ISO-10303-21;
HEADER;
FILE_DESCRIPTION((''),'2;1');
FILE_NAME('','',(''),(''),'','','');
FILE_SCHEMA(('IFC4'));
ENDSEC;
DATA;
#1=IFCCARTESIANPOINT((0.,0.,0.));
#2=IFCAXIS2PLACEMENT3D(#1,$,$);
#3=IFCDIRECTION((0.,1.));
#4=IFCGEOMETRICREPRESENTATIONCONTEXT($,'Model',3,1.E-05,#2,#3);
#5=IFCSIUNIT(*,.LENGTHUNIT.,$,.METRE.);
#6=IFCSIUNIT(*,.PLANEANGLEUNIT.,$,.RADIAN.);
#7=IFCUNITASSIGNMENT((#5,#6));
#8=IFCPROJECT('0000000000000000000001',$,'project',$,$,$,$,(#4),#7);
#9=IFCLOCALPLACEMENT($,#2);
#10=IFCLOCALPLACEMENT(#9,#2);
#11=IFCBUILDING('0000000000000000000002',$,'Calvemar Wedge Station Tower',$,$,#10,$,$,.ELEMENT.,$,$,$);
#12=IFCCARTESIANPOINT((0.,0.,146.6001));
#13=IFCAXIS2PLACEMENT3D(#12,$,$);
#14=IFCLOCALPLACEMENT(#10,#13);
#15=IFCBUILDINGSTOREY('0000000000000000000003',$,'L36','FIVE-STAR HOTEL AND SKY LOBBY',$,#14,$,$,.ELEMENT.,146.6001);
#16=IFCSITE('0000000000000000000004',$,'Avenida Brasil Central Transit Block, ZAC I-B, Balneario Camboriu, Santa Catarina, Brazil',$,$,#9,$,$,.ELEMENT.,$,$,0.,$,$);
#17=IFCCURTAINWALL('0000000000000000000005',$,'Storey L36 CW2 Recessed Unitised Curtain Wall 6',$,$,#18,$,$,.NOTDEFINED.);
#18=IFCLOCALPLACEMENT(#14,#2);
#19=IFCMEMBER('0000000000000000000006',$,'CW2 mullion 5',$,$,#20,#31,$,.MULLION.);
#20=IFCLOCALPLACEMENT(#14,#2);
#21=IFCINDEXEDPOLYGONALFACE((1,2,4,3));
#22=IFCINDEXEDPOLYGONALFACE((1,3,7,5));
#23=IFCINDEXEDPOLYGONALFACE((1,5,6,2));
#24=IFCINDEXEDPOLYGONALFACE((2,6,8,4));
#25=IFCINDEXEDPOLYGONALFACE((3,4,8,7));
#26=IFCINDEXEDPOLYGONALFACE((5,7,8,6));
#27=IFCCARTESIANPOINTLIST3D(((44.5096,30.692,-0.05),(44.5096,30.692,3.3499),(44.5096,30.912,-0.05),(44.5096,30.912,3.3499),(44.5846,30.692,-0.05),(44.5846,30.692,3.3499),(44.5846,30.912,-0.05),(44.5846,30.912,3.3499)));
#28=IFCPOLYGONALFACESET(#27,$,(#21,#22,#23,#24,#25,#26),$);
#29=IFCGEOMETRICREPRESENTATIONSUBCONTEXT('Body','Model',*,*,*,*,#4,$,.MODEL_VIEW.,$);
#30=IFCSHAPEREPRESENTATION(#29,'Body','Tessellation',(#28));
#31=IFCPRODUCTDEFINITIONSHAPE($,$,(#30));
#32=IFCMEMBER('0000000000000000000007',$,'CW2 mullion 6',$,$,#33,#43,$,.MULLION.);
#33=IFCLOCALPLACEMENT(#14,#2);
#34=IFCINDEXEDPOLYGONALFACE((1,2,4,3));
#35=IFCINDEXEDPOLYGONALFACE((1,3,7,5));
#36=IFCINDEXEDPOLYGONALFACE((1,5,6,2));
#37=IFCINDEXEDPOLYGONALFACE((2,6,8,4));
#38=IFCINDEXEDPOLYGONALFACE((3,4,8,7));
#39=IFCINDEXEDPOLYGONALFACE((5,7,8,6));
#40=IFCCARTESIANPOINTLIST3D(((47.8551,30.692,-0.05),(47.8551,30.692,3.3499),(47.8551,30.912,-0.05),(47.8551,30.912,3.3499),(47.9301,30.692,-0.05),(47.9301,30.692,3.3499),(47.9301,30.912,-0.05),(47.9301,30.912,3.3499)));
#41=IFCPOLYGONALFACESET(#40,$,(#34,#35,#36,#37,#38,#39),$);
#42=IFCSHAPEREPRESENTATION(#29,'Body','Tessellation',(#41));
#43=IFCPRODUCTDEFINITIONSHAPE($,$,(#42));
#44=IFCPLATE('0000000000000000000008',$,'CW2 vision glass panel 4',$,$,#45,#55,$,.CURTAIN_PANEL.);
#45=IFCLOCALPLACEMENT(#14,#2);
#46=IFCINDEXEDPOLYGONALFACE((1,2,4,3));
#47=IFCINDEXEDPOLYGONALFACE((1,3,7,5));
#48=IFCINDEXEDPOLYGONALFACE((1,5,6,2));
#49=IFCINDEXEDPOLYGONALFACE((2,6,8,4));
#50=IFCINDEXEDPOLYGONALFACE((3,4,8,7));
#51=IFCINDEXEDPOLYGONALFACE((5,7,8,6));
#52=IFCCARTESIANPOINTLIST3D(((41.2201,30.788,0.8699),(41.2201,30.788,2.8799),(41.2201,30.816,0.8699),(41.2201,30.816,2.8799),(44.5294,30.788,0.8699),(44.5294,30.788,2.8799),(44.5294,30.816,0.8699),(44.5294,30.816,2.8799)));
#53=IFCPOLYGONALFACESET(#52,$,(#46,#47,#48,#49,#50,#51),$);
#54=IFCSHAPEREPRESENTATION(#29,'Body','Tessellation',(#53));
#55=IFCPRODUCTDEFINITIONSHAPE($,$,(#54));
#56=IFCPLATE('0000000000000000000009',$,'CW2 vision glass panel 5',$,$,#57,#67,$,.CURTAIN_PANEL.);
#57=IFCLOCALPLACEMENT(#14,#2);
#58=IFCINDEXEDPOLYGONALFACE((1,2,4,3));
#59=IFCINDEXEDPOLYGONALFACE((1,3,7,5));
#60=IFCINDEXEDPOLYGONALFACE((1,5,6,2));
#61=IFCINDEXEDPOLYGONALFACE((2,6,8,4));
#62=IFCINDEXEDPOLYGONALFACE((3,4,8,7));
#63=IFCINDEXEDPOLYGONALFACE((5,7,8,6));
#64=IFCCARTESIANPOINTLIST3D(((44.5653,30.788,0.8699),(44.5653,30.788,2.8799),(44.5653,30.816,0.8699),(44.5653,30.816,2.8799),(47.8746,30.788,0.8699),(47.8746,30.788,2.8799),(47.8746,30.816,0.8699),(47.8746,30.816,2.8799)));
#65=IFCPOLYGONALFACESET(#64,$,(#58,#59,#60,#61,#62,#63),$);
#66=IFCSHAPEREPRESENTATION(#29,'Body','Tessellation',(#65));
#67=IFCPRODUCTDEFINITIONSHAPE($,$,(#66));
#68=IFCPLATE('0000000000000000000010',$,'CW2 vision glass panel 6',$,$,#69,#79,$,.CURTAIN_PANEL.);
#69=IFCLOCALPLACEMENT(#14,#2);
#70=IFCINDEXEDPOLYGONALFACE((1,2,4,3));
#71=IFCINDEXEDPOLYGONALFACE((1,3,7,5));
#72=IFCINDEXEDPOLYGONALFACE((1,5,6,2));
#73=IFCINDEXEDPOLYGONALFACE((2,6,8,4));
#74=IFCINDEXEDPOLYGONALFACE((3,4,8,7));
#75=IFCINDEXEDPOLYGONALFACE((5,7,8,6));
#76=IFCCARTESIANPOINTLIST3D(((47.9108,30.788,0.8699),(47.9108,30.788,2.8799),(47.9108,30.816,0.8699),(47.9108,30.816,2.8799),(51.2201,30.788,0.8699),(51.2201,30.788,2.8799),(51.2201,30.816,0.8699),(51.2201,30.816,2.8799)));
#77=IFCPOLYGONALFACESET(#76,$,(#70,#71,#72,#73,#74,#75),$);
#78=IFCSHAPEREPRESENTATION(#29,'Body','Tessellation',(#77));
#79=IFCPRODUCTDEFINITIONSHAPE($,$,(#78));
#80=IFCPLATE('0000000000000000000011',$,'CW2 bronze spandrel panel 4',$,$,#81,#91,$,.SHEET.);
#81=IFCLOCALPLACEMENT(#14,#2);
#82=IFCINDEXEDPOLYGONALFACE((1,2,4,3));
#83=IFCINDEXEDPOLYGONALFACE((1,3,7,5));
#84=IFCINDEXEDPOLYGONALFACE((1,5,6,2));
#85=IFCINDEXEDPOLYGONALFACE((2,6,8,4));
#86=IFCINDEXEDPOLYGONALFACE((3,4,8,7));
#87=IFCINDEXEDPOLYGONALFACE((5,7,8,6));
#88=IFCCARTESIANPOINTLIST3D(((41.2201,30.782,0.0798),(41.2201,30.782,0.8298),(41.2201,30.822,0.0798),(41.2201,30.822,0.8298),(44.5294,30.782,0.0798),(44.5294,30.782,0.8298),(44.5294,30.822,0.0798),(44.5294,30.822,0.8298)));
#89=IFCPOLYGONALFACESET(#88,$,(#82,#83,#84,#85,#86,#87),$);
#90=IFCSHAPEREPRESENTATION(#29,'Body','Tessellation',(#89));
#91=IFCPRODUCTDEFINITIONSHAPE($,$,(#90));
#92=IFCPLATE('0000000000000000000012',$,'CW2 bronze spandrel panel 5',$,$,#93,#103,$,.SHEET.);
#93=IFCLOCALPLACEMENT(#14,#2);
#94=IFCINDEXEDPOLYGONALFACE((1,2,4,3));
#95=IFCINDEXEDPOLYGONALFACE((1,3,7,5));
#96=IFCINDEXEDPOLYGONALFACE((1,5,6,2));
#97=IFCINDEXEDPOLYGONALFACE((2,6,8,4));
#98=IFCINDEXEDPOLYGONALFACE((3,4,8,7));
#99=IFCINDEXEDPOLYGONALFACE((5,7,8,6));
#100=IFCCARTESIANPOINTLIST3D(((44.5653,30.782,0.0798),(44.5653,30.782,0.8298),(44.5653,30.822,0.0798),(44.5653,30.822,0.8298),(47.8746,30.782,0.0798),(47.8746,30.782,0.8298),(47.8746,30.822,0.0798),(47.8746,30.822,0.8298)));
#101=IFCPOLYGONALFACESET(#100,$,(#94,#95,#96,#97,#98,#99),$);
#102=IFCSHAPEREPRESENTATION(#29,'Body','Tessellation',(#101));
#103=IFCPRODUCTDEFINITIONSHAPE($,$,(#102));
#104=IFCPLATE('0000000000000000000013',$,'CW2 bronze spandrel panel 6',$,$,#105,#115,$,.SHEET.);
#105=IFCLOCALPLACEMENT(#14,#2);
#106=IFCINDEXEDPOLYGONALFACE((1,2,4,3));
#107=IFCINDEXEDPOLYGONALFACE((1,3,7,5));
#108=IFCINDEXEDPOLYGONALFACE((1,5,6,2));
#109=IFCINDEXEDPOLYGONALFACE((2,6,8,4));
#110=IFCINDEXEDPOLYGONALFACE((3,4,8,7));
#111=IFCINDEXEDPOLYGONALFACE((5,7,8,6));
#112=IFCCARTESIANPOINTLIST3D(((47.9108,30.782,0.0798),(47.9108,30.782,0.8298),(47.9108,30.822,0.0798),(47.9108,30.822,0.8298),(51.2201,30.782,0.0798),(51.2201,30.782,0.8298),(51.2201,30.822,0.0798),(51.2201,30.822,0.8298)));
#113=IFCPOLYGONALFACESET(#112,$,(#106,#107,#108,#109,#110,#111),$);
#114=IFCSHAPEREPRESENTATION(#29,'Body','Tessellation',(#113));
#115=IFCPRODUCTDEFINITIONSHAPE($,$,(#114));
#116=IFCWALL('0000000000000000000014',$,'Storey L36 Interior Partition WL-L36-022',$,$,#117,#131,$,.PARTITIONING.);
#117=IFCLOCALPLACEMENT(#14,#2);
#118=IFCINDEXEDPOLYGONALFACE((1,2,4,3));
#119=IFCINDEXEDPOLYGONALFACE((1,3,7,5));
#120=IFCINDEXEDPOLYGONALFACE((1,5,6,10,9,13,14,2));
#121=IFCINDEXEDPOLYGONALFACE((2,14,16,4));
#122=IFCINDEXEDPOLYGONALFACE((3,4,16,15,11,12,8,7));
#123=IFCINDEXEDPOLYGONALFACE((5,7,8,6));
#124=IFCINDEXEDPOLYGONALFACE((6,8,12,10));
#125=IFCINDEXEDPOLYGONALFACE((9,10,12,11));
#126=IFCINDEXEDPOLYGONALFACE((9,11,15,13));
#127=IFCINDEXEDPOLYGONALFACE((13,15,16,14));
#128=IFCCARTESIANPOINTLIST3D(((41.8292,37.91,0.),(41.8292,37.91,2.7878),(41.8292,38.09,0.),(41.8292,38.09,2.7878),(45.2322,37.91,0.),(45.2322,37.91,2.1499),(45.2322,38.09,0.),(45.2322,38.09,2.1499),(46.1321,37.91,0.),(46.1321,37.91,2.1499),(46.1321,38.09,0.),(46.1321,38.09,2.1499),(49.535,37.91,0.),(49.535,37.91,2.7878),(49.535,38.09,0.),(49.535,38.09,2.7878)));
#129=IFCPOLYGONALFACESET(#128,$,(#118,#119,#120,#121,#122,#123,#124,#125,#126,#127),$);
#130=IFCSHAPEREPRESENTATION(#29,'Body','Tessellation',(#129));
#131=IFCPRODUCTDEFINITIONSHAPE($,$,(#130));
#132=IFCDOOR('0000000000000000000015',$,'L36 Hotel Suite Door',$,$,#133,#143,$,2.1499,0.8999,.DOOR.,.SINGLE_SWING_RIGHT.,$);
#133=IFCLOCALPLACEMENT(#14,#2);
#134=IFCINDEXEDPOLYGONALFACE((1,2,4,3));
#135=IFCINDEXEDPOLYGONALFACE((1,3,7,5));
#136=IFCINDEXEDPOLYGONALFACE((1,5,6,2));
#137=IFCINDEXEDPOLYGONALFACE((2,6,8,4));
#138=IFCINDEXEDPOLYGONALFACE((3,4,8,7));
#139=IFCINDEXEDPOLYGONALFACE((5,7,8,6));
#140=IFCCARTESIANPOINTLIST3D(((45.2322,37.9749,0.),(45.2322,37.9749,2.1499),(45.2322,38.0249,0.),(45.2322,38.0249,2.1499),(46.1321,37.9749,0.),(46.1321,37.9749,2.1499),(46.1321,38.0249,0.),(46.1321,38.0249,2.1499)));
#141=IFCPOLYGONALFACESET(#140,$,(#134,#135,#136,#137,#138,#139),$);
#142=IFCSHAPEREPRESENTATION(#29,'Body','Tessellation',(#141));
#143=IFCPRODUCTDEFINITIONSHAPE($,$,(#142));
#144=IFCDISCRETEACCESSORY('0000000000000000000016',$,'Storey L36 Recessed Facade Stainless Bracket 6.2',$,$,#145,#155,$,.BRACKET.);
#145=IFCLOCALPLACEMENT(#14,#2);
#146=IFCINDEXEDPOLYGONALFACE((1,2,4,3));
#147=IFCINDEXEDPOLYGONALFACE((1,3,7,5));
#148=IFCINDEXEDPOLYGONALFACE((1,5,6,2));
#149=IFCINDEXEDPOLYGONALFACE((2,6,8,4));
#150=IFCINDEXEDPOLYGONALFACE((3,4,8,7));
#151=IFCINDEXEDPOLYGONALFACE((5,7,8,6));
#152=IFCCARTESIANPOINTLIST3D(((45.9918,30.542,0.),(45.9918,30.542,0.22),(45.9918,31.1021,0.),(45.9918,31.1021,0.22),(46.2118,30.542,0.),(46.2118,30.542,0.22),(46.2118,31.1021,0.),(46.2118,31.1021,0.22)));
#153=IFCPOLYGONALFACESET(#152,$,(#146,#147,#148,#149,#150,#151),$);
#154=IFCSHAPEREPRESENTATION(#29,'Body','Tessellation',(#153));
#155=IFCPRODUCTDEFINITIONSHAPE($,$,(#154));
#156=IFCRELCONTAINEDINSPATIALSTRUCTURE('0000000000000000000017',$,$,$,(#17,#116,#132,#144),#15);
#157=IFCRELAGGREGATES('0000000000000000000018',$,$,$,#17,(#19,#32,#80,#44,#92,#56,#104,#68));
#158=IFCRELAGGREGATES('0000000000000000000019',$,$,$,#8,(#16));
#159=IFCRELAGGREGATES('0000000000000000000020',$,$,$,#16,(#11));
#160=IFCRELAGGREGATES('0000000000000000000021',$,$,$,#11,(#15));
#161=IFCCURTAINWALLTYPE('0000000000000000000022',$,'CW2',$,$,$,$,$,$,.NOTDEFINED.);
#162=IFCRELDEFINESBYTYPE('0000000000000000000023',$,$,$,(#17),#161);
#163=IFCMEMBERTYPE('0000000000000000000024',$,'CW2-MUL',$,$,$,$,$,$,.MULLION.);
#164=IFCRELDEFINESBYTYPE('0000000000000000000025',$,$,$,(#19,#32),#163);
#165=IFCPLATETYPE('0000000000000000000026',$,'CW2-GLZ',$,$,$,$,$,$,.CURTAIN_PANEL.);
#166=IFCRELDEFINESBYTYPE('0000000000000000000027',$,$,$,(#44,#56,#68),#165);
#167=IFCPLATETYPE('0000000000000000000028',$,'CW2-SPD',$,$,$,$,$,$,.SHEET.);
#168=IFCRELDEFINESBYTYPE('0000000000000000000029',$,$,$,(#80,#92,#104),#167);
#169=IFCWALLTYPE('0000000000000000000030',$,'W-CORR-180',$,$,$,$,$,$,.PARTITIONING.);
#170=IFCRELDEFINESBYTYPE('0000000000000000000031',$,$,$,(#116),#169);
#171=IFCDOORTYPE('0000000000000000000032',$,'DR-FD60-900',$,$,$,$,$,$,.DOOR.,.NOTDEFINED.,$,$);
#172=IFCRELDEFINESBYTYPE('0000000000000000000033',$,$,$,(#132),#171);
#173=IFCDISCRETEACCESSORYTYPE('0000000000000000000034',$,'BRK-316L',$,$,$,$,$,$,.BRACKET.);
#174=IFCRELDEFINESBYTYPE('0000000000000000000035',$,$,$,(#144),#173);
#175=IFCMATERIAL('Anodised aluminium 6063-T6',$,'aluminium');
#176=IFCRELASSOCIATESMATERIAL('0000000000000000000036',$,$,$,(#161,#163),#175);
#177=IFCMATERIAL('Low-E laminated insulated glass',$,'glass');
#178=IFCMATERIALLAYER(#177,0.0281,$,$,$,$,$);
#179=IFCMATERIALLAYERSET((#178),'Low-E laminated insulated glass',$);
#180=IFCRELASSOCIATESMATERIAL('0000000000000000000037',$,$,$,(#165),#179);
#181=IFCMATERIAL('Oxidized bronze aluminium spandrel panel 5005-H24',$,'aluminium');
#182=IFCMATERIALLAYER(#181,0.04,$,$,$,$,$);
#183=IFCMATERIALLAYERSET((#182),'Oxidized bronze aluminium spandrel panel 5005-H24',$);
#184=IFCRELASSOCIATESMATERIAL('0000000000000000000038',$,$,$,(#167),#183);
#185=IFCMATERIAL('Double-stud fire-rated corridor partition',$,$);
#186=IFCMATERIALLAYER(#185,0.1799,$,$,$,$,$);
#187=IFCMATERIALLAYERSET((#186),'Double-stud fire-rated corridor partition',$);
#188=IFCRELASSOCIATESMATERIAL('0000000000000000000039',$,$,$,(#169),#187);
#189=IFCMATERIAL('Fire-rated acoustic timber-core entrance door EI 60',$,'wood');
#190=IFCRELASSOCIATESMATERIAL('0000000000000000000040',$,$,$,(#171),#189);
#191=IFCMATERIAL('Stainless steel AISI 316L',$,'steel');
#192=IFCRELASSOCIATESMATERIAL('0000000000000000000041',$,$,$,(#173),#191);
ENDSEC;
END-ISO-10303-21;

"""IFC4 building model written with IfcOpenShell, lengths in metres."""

from ifc_helpers import new_model, si_unit, direction, frame, frame_2d, origin, origin_2d, place, context, subcontext, project, spatial, rectangle, extrude, source, transform, mapped, material, layer, layer_set, material_profile, profile_set, type_object, element, fill, aggregate, save


model = new_model("IFC4")

# Units and contexts
model_context = context("Model", 3, precision=1e-05, world=origin(), true_north=direction((0.0, 1.0)))
body_context = subcontext(model_context, "Body", "Model", "MODEL_VIEW")
ifc_project = project(units=[si_unit("LENGTHUNIT", "METRE"), si_unit("PLANEANGLEUNIT", "RADIAN")], contexts=[model_context])

# Site, building, storey
site_placement = place(None, origin())
site = spatial("IfcSite", under=ifc_project, at=site_placement, Name="Avenida Brasil Central Transit Block, ZAC I-B, Balneario Camboriu, Santa Catarina, Brazil", CompositionType="ELEMENT", RefElevation=0.0)
building_placement = place(site_placement, origin())
building = spatial("IfcBuilding", under=site, at=building_placement, Name="Calvemar Wedge Station Tower", CompositionType="ELEMENT")
storey_placement = place(building_placement, frame((0.0, 0.0, 146.6001)))
storey = spatial("IfcBuildingStorey", under=building, at=storey_placement, Name="L36", Description="FIVE-STAR HOTEL AND SKY LOBBY", CompositionType="ELEMENT", Elevation=146.6001)

# Curtain wall, members, plates
ifc_material_1 = material(Name="Anodised aluminium 6063-T6", Category="aluminium")
curtain_wall_type = type_object("IfcCurtainWallType", Name="CW2", PredefinedType="NOTDEFINED", material=ifc_material_1)
curtain_wall_placement = place(storey_placement, origin())
curtain_wall = element("IfcCurtainWall", 1, at=curtain_wall_placement, inside=storey, type_object=curtain_wall_type, Name="Storey L36 CW2 Recessed Unitised Curtain Wall 6", PredefinedType="NOTDEFINED")
ifc_material_profile_1 = material_profile(ifc_material_1, rectangle(XDim=0.075, YDim=0.22, at=origin_2d()), Name="AL-MUL-75x220")
ifc_profile_set_1 = profile_set([ifc_material_profile_1], Name="Anodised aluminium 6063-T6")
member_type = type_object("IfcMemberType", Name="CW2-MUL", PredefinedType="MULLION", material=ifc_profile_set_1)
shared_shape_1 = source(origin(), body_context, "Body", "SweptSolid", [
    extrude(rectangle(XDim=0.075, YDim=0.22, at=origin_2d()), origin(), (0.0, 0.0, 1.0), 3.3999),
])
member_1_placement = place(storey_placement, frame((44.5471, 30.802, -0.05), z_axis=(0.0, 0.0, 1.0), x_axis=(1.0, 0.0, 0.0)))
member_1 = element("IfcMember", 2, at=member_1_placement, type_object=member_type, Name="CW2 mullion 5", PredefinedType="MULLION", context=body_context, shape_type="MappedRepresentation", body=[
    mapped(shared_shape_1, transform((0.0, 0.0, 0.0), scale=1.0)),
])
member_2_placement = place(storey_placement, frame((47.8926, 30.802, -0.05), z_axis=(0.0, 0.0, 1.0), x_axis=(1.0, 0.0, 0.0)))
member_2 = element("IfcMember", 3, at=member_2_placement, type_object=member_type, Name="CW2 mullion 6", PredefinedType="MULLION", context=body_context, shape_type="MappedRepresentation", body=[
    mapped(shared_shape_1, transform((0.0, 0.0, 0.0), scale=1.0)),
])
ifc_material_2 = material(Name="Low-E laminated insulated glass", Category="glass")
ifc_layer_1 = layer(ifc_material_2, 0.0281)
ifc_layer_set_1 = layer_set([ifc_layer_1], Name="Low-E laminated insulated glass")
plate_type_1 = type_object("IfcPlateType", Name="CW2-GLZ", PredefinedType="CURTAIN_PANEL", material=ifc_layer_set_1)
plate_1_placement = place(storey_placement, frame((41.22, 30.802, 0.8699), z_axis=(0.0, 0.0, 1.0), x_axis=(1.0, 0.0, 0.0)))
plate_1 = element("IfcPlate", 4, at=plate_1_placement, type_object=plate_type_1, Name="CW2 vision glass panel 4", PredefinedType="CURTAIN_PANEL", context=body_context, shape_type="SweptSolid", body=[
    extrude(rectangle(XDim=3.3093, YDim=0.0281, at=frame_2d((1.6548, 0.0))), origin(), (0.0, 0.0, 1.0), 2.01),
])
plate_2_placement = place(storey_placement, frame((44.5652, 30.802, 0.8699), z_axis=(0.0, 0.0, 1.0), x_axis=(1.0, 0.0, 0.0)))
plate_2 = element("IfcPlate", 5, at=plate_2_placement, type_object=plate_type_1, Name="CW2 vision glass panel 5", PredefinedType="CURTAIN_PANEL", context=body_context, shape_type="SweptSolid", body=[
    extrude(rectangle(XDim=3.3093, YDim=0.0281, at=frame_2d((1.6548, 0.0))), origin(), (0.0, 0.0, 1.0), 2.01),
])
plate_3_placement = place(storey_placement, frame((47.9106, 30.802, 0.8699), z_axis=(0.0, 0.0, 1.0), x_axis=(1.0, 0.0, 0.0)))
plate_3 = element("IfcPlate", 6, at=plate_3_placement, type_object=plate_type_1, Name="CW2 vision glass panel 6", PredefinedType="CURTAIN_PANEL", context=body_context, shape_type="SweptSolid", body=[
    extrude(rectangle(XDim=3.3093, YDim=0.0281, at=frame_2d((1.6548, 0.0))), origin(), (0.0, 0.0, 1.0), 2.01),
])
ifc_material_3 = material(Name="Oxidized bronze aluminium spandrel panel 5005-H24", Category="aluminium")
ifc_layer_2 = layer(ifc_material_3, 0.04)
ifc_layer_set_2 = layer_set([ifc_layer_2], Name="Oxidized bronze aluminium spandrel panel 5005-H24")
plate_type_2 = type_object("IfcPlateType", Name="CW2-SPD", PredefinedType="SHEET", material=ifc_layer_set_2)
plate_4_placement = place(storey_placement, frame((41.22, 30.802, 0.0798), z_axis=(0.0, 0.0, 1.0), x_axis=(1.0, 0.0, 0.0)))
plate_4 = element("IfcPlate", 7, at=plate_4_placement, type_object=plate_type_2, Name="CW2 bronze spandrel panel 4", PredefinedType="SHEET", context=body_context, shape_type="SweptSolid", body=[
    extrude(rectangle(XDim=3.3093, YDim=0.04, at=frame_2d((1.6548, 0.0))), origin(), (0.0, 0.0, 1.0), 0.75),
])
plate_5_placement = place(storey_placement, frame((44.5652, 30.802, 0.0798), z_axis=(0.0, 0.0, 1.0), x_axis=(1.0, 0.0, 0.0)))
plate_5 = element("IfcPlate", 8, at=plate_5_placement, type_object=plate_type_2, Name="CW2 bronze spandrel panel 5", PredefinedType="SHEET", context=body_context, shape_type="SweptSolid", body=[
    extrude(rectangle(XDim=3.3093, YDim=0.04, at=frame_2d((1.6548, 0.0))), origin(), (0.0, 0.0, 1.0), 0.75),
])
plate_6_placement = place(storey_placement, frame((47.9106, 30.802, 0.0798), z_axis=(0.0, 0.0, 1.0), x_axis=(1.0, 0.0, 0.0)))
plate_6 = element("IfcPlate", 9, at=plate_6_placement, type_object=plate_type_2, Name="CW2 bronze spandrel panel 6", PredefinedType="SHEET", context=body_context, shape_type="SweptSolid", body=[
    extrude(rectangle(XDim=3.3093, YDim=0.04, at=frame_2d((1.6548, 0.0))), origin(), (0.0, 0.0, 1.0), 0.75),
])
aggregate(curtain_wall, [member_1, member_2, plate_4, plate_1, plate_5, plate_2, plate_6, plate_3])

# Wall, opening, door
ifc_material_4 = material(Name="Double-stud fire-rated corridor partition")
ifc_layer_3 = layer(ifc_material_4, 0.1799)
ifc_layer_set_3 = layer_set([ifc_layer_3], Name="Double-stud fire-rated corridor partition")
wall_type = type_object("IfcWallType", Name="W-CORR-180", PredefinedType="PARTITIONING", material=ifc_layer_set_3)
wall_placement = place(storey_placement, frame((41.8291, 38.0, 0.0), z_axis=(0.0, 0.0, 1.0), x_axis=(1.0, 0.0, 0.0)))
wall = element("IfcWall", 10, at=wall_placement, inside=storey, type_object=wall_type, Name="Storey L36 Interior Partition WL-L36-022", PredefinedType="PARTITIONING", context=body_context, shape_type="SweptSolid", body=[
    extrude(rectangle(XDim=7.7058, YDim=0.1799, at=frame_2d((3.853, 0.0))), origin(), (0.0, 0.0, 1.0), 2.7878),
])
shared_shape_2 = source(origin(), body_context, "Body", "SweptSolid", [
    extrude(rectangle(XDim=0.8999, YDim=2.1499, at=frame_2d((0.45, 1.075))), frame((0.0, 0.1001, 0.0), z_axis=(0.0, -1.0, 0.0), x_axis=(1.0, 0.0, 0.0)), (0.0, 0.0, 1.0), 0.2),
])
opening_placement = place(wall_placement, frame((3.4031, 0.0, 0.0)))
opening = element("IfcOpeningElement", 11, at=opening_placement, cuts=wall, PredefinedType="OPENING", context=body_context, shape_type="MappedRepresentation", body=[
    mapped(shared_shape_2, transform((0.0, 0.0, 0.0), scale=1.0)),
])
ifc_material_5 = material(Name="Fire-rated acoustic timber-core entrance door EI 60", Category="wood")
door_type = type_object("IfcDoorType", Name="DR-FD60-900", OperationType="NOTDEFINED", PredefinedType="DOOR", material=ifc_material_5)
shared_shape_3 = source(origin(), body_context, "Body", "SweptSolid", [
    extrude(rectangle(XDim=0.8999, YDim=2.1499, at=frame_2d((0.45, 1.075))), frame((0.0, 0.0249, 0.0), z_axis=(0.0, -1.0, 0.0), x_axis=(1.0, 0.0, 0.0)), (0.0, 0.0, 1.0), 0.05),
])
door_placement = place(opening_placement, origin())
door = element("IfcDoor", 12, at=door_placement, inside=storey, type_object=door_type, Name="L36 Hotel Suite Door", OperationType="SINGLE_SWING_RIGHT", OverallHeight=2.1499, OverallWidth=0.8999, PredefinedType="DOOR", context=body_context, shape_type="MappedRepresentation", body=[
    mapped(shared_shape_3, transform((0.0, 0.0, 0.0), scale=1.0)),
])
fill(opening, door)

# Discrete accessory
ifc_material_6 = material(Name="Stainless steel AISI 316L", Category="steel")
discrete_accessory_type = type_object("IfcDiscreteAccessoryType", Name="BRK-316L", PredefinedType="BRACKET", material=ifc_material_6)
shared_shape_4 = source(origin(), body_context, "Body", "SweptSolid", [
    extrude(rectangle(XDim=0.22, YDim=0.5601, at=origin_2d()), origin(), (0.0, 0.0, 1.0), 0.22),
])
discrete_accessory_placement = place(storey_placement, frame((46.1018, 30.822, 0.0), z_axis=(0.0, 0.0, 1.0), x_axis=(1.0, 0.0, 0.0)))
element("IfcDiscreteAccessory", 13, at=discrete_accessory_placement, inside=storey, type_object=discrete_accessory_type, Name="Storey L36 Recessed Facade Stainless Bracket 6.2", PredefinedType="BRACKET", context=body_context, shape_type="MappedRepresentation", body=[
    mapped(shared_shape_4, transform((0.0, 0.0, 0.0), scale=1.0)),
])

save(model, "model.ifc")
